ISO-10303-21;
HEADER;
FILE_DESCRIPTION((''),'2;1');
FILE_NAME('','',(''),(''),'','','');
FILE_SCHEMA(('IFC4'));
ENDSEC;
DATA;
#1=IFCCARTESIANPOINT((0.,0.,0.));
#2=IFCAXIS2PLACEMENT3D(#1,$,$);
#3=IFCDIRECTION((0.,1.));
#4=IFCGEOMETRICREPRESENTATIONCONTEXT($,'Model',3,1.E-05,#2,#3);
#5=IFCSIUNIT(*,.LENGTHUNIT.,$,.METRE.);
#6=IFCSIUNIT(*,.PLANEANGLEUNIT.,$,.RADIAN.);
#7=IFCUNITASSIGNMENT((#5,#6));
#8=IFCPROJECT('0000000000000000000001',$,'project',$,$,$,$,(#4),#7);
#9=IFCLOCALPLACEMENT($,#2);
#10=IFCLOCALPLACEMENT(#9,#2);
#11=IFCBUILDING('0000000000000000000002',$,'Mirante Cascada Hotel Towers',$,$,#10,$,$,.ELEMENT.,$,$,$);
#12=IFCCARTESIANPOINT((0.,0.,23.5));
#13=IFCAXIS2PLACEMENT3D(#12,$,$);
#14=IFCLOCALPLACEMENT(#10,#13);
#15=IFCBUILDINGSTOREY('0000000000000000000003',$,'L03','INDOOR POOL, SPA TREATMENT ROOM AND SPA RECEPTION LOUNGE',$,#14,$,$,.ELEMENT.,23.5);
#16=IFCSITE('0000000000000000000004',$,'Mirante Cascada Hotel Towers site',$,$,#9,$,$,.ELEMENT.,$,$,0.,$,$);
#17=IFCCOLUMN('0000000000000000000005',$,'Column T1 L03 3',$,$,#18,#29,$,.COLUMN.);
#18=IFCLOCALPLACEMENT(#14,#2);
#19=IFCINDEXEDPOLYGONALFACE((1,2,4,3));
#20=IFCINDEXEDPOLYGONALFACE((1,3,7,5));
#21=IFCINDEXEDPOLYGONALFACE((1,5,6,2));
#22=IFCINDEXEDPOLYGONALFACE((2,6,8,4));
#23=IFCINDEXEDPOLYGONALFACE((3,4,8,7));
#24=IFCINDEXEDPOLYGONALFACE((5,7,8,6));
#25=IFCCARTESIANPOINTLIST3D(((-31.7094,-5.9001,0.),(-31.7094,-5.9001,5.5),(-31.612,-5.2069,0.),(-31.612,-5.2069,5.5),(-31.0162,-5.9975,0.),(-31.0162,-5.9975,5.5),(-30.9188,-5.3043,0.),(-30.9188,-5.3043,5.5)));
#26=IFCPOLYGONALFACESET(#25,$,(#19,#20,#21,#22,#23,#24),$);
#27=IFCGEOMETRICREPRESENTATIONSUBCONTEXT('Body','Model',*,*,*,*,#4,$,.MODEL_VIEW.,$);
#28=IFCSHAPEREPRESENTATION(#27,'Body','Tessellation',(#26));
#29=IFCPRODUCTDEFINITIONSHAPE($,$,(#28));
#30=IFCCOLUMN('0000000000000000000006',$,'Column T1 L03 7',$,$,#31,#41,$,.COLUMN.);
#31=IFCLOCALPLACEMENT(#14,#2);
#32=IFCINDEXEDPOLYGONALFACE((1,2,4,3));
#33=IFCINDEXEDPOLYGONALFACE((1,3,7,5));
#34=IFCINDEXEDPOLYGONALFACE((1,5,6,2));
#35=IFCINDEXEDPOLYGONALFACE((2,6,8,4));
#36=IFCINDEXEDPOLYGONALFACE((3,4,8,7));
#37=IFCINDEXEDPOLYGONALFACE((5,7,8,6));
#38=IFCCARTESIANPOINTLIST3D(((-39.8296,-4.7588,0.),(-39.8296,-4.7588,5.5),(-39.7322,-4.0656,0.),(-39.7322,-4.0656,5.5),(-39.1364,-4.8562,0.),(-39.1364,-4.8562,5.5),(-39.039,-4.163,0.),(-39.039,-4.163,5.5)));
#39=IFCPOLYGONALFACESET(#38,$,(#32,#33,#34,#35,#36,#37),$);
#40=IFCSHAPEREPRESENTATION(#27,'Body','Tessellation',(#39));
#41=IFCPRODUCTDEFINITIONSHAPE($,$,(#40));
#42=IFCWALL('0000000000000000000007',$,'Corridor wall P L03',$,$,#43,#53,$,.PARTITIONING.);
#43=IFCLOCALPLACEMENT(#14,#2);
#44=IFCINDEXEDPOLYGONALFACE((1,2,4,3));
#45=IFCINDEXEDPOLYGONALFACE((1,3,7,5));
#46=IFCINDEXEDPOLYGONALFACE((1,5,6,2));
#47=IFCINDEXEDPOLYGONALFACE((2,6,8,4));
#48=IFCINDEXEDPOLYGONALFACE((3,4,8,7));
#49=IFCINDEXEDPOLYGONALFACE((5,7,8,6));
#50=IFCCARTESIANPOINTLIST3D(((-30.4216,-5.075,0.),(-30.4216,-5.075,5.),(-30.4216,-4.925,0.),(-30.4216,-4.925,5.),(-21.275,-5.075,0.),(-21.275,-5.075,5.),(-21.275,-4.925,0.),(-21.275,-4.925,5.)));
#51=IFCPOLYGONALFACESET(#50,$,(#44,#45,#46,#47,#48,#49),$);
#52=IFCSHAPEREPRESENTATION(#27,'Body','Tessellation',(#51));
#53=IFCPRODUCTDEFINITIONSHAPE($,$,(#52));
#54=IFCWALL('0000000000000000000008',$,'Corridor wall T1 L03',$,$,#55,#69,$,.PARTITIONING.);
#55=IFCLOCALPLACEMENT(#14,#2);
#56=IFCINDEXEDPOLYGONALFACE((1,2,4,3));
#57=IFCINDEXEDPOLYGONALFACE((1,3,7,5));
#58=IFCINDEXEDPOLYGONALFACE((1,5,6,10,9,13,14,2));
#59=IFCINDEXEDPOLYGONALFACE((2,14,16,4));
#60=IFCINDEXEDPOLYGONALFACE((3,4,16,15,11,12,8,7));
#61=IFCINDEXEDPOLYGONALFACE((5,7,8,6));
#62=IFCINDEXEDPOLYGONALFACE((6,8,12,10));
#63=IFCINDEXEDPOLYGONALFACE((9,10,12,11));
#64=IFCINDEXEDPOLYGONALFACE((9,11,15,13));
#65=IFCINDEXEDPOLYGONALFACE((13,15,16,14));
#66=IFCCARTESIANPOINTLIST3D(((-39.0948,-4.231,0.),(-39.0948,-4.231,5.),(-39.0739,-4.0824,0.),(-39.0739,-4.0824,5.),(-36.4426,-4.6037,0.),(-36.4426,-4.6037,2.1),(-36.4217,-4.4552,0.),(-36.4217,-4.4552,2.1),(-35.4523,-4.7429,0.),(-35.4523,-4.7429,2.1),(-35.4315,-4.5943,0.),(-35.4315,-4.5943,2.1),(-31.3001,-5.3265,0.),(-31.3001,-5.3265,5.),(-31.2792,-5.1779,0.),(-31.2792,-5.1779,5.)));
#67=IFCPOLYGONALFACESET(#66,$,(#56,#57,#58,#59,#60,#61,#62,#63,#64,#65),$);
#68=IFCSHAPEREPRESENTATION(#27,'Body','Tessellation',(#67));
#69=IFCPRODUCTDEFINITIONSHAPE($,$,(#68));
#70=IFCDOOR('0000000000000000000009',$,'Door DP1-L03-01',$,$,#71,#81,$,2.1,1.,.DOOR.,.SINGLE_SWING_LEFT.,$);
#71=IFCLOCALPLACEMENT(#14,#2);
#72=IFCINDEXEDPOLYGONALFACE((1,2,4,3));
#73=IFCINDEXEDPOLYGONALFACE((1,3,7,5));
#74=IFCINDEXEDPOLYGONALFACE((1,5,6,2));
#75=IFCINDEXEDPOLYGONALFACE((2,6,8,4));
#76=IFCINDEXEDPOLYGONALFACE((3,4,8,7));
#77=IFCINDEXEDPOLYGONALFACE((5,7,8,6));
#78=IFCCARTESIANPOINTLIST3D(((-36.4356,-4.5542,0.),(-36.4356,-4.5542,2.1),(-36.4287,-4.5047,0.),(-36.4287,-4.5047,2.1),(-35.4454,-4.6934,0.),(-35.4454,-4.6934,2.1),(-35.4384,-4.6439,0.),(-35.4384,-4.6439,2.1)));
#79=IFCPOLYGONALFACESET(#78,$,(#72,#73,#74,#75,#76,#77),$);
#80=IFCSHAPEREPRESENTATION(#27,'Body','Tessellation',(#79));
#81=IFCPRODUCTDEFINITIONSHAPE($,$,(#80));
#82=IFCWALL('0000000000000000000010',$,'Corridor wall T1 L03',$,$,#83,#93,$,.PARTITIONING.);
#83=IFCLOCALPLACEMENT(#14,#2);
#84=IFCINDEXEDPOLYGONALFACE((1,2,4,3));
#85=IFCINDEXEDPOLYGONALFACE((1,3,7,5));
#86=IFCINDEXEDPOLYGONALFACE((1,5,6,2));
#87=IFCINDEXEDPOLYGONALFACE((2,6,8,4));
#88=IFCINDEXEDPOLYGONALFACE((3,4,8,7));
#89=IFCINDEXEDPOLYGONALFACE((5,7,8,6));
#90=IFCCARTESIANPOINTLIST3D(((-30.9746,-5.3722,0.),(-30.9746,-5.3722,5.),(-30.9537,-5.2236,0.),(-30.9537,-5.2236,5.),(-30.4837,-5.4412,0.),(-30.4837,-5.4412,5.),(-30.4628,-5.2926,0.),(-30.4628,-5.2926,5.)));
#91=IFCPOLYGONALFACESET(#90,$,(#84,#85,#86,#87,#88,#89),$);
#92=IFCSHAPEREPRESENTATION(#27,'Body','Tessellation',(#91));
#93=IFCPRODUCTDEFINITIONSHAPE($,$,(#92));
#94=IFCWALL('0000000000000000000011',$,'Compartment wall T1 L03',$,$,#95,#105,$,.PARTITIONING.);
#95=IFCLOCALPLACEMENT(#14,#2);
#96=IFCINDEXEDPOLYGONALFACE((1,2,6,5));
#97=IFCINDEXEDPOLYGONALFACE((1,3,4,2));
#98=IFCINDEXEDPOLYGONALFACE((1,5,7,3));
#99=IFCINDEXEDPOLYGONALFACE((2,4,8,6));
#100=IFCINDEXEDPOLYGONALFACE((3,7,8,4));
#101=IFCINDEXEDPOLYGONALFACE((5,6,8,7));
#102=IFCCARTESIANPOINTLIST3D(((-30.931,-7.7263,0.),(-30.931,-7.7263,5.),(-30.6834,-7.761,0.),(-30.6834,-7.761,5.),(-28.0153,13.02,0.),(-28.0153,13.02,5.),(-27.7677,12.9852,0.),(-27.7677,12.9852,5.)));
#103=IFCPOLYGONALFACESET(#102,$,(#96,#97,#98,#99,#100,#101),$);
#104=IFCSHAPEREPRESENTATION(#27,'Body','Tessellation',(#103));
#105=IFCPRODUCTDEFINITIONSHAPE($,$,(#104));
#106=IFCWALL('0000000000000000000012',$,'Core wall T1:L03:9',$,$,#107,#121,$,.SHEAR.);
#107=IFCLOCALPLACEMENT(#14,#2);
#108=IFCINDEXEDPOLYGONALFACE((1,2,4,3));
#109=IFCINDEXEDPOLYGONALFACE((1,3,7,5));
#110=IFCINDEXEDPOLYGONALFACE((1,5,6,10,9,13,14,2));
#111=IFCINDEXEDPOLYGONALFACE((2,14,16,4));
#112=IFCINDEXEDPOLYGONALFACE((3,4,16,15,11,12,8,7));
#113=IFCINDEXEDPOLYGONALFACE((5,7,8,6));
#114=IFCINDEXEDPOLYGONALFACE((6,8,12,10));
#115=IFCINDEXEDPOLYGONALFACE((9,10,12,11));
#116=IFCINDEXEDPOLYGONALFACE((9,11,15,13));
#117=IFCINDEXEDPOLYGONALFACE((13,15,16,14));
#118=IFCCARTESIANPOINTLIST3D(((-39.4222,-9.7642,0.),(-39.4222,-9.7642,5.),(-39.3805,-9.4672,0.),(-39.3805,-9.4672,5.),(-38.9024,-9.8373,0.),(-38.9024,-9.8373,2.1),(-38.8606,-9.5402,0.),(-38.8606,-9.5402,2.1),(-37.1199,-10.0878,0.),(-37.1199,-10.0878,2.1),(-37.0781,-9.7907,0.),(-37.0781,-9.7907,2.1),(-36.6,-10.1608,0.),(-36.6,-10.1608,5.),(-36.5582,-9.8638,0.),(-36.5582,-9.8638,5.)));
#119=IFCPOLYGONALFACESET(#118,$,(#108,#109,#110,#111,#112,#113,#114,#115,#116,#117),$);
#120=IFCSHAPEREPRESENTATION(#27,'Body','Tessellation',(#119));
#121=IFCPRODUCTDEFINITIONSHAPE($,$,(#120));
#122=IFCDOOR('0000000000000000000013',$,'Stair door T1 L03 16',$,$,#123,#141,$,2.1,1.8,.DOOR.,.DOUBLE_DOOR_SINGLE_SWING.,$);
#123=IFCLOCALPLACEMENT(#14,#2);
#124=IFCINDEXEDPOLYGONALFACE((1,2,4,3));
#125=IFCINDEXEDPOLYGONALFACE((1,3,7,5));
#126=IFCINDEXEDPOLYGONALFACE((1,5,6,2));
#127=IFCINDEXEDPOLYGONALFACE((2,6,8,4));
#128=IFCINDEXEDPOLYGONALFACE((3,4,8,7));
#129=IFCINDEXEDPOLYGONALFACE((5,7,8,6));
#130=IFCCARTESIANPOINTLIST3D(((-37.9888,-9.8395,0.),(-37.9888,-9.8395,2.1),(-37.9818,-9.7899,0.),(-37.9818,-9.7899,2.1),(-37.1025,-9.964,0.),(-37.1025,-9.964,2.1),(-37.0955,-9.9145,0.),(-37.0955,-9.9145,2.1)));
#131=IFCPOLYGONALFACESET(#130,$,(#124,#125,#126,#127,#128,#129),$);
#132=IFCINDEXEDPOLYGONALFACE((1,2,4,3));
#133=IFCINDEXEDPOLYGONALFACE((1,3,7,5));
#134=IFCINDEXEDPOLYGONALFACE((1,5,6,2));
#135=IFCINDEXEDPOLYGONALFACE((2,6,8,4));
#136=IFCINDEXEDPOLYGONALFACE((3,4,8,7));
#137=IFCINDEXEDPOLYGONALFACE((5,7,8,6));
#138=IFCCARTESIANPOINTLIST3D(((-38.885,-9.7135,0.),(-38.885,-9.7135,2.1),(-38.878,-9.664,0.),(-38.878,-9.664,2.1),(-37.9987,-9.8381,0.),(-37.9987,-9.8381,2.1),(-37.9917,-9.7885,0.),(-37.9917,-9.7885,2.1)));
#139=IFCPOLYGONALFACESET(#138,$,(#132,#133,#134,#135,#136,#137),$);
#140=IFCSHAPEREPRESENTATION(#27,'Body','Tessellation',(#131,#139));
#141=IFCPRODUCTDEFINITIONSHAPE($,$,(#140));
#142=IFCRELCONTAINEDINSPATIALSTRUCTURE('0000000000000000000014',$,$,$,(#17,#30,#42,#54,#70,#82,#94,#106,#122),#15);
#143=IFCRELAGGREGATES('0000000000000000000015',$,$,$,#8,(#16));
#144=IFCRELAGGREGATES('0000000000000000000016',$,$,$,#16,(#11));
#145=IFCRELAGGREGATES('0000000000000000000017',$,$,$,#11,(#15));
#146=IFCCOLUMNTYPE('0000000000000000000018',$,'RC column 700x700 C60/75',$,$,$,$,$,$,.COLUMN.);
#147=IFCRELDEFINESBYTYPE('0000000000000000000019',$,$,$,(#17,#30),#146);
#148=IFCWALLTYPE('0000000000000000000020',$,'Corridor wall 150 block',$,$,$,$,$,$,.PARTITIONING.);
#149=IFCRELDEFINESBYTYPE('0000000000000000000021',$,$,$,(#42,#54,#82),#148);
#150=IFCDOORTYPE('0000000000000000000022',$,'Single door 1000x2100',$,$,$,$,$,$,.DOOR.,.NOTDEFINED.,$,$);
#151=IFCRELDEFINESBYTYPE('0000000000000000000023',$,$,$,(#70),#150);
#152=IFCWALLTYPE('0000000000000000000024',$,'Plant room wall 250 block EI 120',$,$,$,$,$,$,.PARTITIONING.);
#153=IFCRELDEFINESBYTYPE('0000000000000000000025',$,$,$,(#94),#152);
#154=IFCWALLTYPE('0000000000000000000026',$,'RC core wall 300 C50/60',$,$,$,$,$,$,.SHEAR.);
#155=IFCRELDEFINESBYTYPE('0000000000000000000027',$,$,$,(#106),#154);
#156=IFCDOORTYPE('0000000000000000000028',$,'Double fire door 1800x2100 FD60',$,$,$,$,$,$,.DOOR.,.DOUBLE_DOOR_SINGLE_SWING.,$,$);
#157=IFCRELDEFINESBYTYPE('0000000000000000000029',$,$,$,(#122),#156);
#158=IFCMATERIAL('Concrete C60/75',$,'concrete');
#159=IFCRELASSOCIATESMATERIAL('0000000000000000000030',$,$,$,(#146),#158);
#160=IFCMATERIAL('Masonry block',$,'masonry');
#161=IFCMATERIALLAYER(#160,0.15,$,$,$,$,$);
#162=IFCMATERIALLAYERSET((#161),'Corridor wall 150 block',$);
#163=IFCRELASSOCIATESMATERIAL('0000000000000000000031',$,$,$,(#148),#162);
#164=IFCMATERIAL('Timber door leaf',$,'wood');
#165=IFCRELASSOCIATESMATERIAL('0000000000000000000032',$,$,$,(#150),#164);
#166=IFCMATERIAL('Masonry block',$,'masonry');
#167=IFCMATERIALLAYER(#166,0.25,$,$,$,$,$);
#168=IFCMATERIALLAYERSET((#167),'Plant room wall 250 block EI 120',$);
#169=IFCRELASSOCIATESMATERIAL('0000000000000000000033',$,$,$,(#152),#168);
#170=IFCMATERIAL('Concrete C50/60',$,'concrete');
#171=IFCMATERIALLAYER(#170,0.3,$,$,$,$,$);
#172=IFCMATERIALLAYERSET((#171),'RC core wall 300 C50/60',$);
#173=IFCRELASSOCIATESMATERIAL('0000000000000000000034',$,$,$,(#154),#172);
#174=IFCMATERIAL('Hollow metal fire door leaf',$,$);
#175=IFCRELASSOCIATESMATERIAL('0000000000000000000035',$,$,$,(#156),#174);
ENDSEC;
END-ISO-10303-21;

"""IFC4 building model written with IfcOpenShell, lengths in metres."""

from ifc_helpers import new_model, si_unit, direction, frame, frame_2d, origin, origin_2d, place, context, subcontext, project, spatial, rectangle, extrude, material, layer, layer_set, material_profile, profile_set, type_object, element, fill, save


model = new_model("IFC4")

# Units and contexts
model_context = context("Model", 3, precision=1e-05, world=origin(), true_north=direction((0.0, 1.0)))
body_context = subcontext(model_context, "Body", "Model", "MODEL_VIEW")
ifc_project = project(units=[si_unit("LENGTHUNIT", "METRE"), si_unit("PLANEANGLEUNIT", "RADIAN")], contexts=[model_context])

# Site, building, storey
site_placement = place(None, origin())
site = spatial("IfcSite", under=ifc_project, at=site_placement, Name="Mirante Cascada Hotel Towers site", CompositionType="ELEMENT", RefElevation=0.0)
building_placement = place(site_placement, origin())
building = spatial("IfcBuilding", under=site, at=building_placement, Name="Mirante Cascada Hotel Towers", CompositionType="ELEMENT")
storey_placement = place(building_placement, frame((0.0, 0.0, 23.5)))
storey = spatial("IfcBuildingStorey", under=building, at=storey_placement, Name="L03", Description="INDOOR POOL, SPA TREATMENT ROOM AND SPA RECEPTION LOUNGE", CompositionType="ELEMENT", Elevation=23.5)

# Columns
ifc_material_1 = material(Name="Concrete C60/75", Category="concrete")
ifc_material_profile = material_profile(ifc_material_1, rectangle(XDim=0.7, YDim=0.7, at=origin_2d()), Name="RC column 700x700 C60/75")
ifc_profile_set = profile_set([ifc_material_profile], Name="Concrete C60/75")
column_type = type_object("IfcColumnType", Name="RC column 700x700 C60/75", PredefinedType="COLUMN", material=ifc_profile_set)
for number, where, z_axis, x_axis, name in (
    (1, (-31.3141, -5.6022, 0.0), (0.0, 0.0, 1.0), (-0.990268, 0.139173, 0.0), "Column T1 L03 3"),
    (2, (-39.4343, -4.4609, 0.0), (0.0, 0.0, 1.0), (-0.990268, 0.139173, 0.0), "Column T1 L03 7"),
):
    element("IfcColumn", number, at=place(storey_placement, frame(where, z_axis=z_axis, x_axis=x_axis)), inside=storey, type_object=column_type, Name=name, PredefinedType="COLUMN", context=body_context, shape_type="SweptSolid", body=[
        extrude(rectangle(XDim=0.7, YDim=0.7, at=origin_2d()), origin(), (0.0, 0.0, 1.0), 5.5),
    ])

# Wall
ifc_material_2 = material(Name="Masonry block", Category="masonry")
ifc_layer_1 = layer(ifc_material_2, 0.15)
ifc_layer_set_1 = layer_set([ifc_layer_1], Name="Corridor wall 150 block")
wall_type_1 = type_object("IfcWallType", Name="Corridor wall 150 block", PredefinedType="PARTITIONING", material=ifc_layer_set_1)
wall_1_placement = place(storey_placement, frame((-30.4216, -5.0, 0.0), z_axis=(0.0, 0.0, 1.0), x_axis=(1.0, 0.0, 0.0)))
element("IfcWall", 3, at=wall_1_placement, inside=storey, type_object=wall_type_1, Name="Corridor wall P L03", PredefinedType="PARTITIONING", context=body_context, shape_type="SweptSolid", body=[
    extrude(rectangle(XDim=9.1466, YDim=0.15, at=frame_2d((4.5733, 0.0))), origin(), (0.0, 0.0, 1.0), 5.0),
])

# Wall, opening, door
wall_2_placement = place(storey_placement, frame((-39.0843, -4.1567, 0.0), z_axis=(0.0, 0.0, 1.0), x_axis=(0.990268, -0.139176, 0.0)))
wall_2 = element("IfcWall", 4, at=wall_2_placement, inside=storey, type_object=wall_type_1, Name="Corridor wall T1 L03", PredefinedType="PARTITIONING", context=body_context, shape_type="SweptSolid", body=[
    extrude(rectangle(XDim=7.8713, YDim=0.15, at=frame_2d((3.9356, 0.0))), origin(), (0.0, 0.0, 1.0), 5.0),
])
opening_1_placement = place(wall_2_placement, frame((2.6782, 0.0, 0.0)))
opening_1 = element("IfcOpeningElement", 5, at=opening_1_placement, cuts=wall_2, PredefinedType="OPENING", context=body_context, shape_type="SweptSolid", body=[
    extrude(rectangle(XDim=1.0, YDim=2.1, at=frame_2d((0.5, 1.05))), frame((0.0, 0.075, 0.0), z_axis=(0.0, -1.0, 0.0), x_axis=(1.0, 0.0, 0.0)), (0.0, 0.0, 1.0), 0.15),
])
ifc_material_3 = material(Name="Timber door leaf", Category="wood")
door_type_1 = type_object("IfcDoorType", Name="Single door 1000x2100", OperationType="NOTDEFINED", PredefinedType="DOOR", material=ifc_material_3)
door_1_placement = place(opening_1_placement, frame((1.0, 0.0, 0.0), z_axis=(0.0, 0.0, 1.0), x_axis=(-1.0, 0.0, 0.0)))
door_1 = element("IfcDoor", 6, at=door_1_placement, inside=storey, type_object=door_type_1, Name="Door DP1-L03-01", OperationType="SINGLE_SWING_LEFT", OverallHeight=2.1, OverallWidth=1.0, PredefinedType="DOOR", context=body_context, shape_type="SweptSolid", body=[
    extrude(rectangle(XDim=1.0, YDim=2.1, at=frame_2d((0.5, 1.05))), frame((0.0, 0.025, 0.0), z_axis=(0.0, -1.0, 0.0), x_axis=(1.0, 0.0, 0.0)), (0.0, 0.0, 1.0), 0.05),
])
fill(opening_1, door_1)

# Walls
wall_3_placement = place(storey_placement, frame((-30.9641, -5.2979, 0.0), z_axis=(0.0, 0.0, 1.0), x_axis=(0.990266, -0.13919, 0.0)))
element("IfcWall", 7, at=wall_3_placement, inside=storey, type_object=wall_type_1, Name="Corridor wall T1 L03", PredefinedType="PARTITIONING", context=body_context, shape_type="SweptSolid", body=[
    extrude(rectangle(XDim=0.4957, YDim=0.15, at=frame_2d((0.2478, 0.0))), origin(), (0.0, 0.0, 1.0), 5.0),
])
ifc_material_4 = material(Name="Masonry block", Category="masonry")
ifc_layer_2 = layer(ifc_material_4, 0.25)
ifc_layer_set_2 = layer_set([ifc_layer_2], Name="Plant room wall 250 block EI 120")
wall_type_2 = type_object("IfcWallType", Name="Plant room wall 250 block EI 120", PredefinedType="PARTITIONING", material=ifc_layer_set_2)
wall_4_placement = place(storey_placement, frame((-30.8072, -7.7436, 0.0), z_axis=(0.0, 0.0, 1.0), x_axis=(0.139174, 0.990268, 0.0)))
element("IfcWall", 8, at=wall_4_placement, inside=storey, type_object=wall_type_2, Name="Compartment wall T1 L03", PredefinedType="PARTITIONING", context=body_context, shape_type="SweptSolid", body=[
    extrude(rectangle(XDim=20.9501, YDim=0.25, at=frame_2d((10.475, 0.0))), origin(), (0.0, 0.0, 1.0), 5.0),
])

# Wall, opening, door
ifc_material_5 = material(Name="Concrete C50/60", Category="concrete")
ifc_layer_3 = layer(ifc_material_5, 0.3)
ifc_layer_set_3 = layer_set([ifc_layer_3], Name="RC core wall 300 C50/60")
wall_type_3 = type_object("IfcWallType", Name="RC core wall 300 C50/60", PredefinedType="SHEAR", material=ifc_layer_set_3)
wall_5_placement = place(storey_placement, frame((-36.5791, -10.0123, 0.0), z_axis=(0.0, 0.0, 1.0), x_axis=(-0.99027, 0.139156, 0.0)))
wall_5 = element("IfcWall", 9, at=wall_5_placement, inside=storey, type_object=wall_type_3, Name="Core wall T1:L03:9", PredefinedType="SHEAR", context=body_context, shape_type="SweptSolid", body=[
    extrude(rectangle(XDim=2.85, YDim=0.3, at=frame_2d((1.425, 0.0))), origin(), (0.0, 0.0, 1.0), 5.0),
])
opening_2_placement = place(wall_5_placement, frame((0.525, 0.0, 0.0)))
opening_2 = element("IfcOpeningElement", 10, at=opening_2_placement, cuts=wall_5, PredefinedType="OPENING", context=body_context, shape_type="SweptSolid", body=[
    extrude(rectangle(XDim=1.8, YDim=2.1, at=frame_2d((0.9, 1.05))), frame((0.0, 0.15, 0.0), z_axis=(0.0, -1.0, 0.0), x_axis=(1.0, 0.0, 0.0)), (0.0, 0.0, 1.0), 0.3),
])
ifc_material_6 = material(Name="Hollow metal fire door leaf")
door_type_2 = type_object("IfcDoorType", Name="Double fire door 1800x2100 FD60", OperationType="DOUBLE_DOOR_SINGLE_SWING", PredefinedType="DOOR", material=ifc_material_6)
door_2_placement = place(opening_2_placement, origin())
door_2 = element("IfcDoor", 11, at=door_2_placement, inside=storey, type_object=door_type_2, Name="Stair door T1 L03 16", OperationType="DOUBLE_DOOR_SINGLE_SWING", OverallHeight=2.1, OverallWidth=1.8, PredefinedType="DOOR", context=body_context, shape_type="SweptSolid", body=[
    extrude(rectangle(XDim=0.895, YDim=2.1, at=frame_2d((0.4475, 1.05))), frame((0.0, 0.025, 0.0), z_axis=(0.0, -1.0, 0.0), x_axis=(1.0, 0.0, 0.0)), (0.0, 0.0, 1.0), 0.05),
    extrude(rectangle(XDim=0.895, YDim=2.1, at=frame_2d((1.3525, 1.05))), frame((0.0, 0.025, 0.0), z_axis=(0.0, -1.0, 0.0), x_axis=(1.0, 0.0, 0.0)), (0.0, 0.0, 1.0), 0.05),
])
fill(opening_2, door_2)

save(model, "model.ifc")
